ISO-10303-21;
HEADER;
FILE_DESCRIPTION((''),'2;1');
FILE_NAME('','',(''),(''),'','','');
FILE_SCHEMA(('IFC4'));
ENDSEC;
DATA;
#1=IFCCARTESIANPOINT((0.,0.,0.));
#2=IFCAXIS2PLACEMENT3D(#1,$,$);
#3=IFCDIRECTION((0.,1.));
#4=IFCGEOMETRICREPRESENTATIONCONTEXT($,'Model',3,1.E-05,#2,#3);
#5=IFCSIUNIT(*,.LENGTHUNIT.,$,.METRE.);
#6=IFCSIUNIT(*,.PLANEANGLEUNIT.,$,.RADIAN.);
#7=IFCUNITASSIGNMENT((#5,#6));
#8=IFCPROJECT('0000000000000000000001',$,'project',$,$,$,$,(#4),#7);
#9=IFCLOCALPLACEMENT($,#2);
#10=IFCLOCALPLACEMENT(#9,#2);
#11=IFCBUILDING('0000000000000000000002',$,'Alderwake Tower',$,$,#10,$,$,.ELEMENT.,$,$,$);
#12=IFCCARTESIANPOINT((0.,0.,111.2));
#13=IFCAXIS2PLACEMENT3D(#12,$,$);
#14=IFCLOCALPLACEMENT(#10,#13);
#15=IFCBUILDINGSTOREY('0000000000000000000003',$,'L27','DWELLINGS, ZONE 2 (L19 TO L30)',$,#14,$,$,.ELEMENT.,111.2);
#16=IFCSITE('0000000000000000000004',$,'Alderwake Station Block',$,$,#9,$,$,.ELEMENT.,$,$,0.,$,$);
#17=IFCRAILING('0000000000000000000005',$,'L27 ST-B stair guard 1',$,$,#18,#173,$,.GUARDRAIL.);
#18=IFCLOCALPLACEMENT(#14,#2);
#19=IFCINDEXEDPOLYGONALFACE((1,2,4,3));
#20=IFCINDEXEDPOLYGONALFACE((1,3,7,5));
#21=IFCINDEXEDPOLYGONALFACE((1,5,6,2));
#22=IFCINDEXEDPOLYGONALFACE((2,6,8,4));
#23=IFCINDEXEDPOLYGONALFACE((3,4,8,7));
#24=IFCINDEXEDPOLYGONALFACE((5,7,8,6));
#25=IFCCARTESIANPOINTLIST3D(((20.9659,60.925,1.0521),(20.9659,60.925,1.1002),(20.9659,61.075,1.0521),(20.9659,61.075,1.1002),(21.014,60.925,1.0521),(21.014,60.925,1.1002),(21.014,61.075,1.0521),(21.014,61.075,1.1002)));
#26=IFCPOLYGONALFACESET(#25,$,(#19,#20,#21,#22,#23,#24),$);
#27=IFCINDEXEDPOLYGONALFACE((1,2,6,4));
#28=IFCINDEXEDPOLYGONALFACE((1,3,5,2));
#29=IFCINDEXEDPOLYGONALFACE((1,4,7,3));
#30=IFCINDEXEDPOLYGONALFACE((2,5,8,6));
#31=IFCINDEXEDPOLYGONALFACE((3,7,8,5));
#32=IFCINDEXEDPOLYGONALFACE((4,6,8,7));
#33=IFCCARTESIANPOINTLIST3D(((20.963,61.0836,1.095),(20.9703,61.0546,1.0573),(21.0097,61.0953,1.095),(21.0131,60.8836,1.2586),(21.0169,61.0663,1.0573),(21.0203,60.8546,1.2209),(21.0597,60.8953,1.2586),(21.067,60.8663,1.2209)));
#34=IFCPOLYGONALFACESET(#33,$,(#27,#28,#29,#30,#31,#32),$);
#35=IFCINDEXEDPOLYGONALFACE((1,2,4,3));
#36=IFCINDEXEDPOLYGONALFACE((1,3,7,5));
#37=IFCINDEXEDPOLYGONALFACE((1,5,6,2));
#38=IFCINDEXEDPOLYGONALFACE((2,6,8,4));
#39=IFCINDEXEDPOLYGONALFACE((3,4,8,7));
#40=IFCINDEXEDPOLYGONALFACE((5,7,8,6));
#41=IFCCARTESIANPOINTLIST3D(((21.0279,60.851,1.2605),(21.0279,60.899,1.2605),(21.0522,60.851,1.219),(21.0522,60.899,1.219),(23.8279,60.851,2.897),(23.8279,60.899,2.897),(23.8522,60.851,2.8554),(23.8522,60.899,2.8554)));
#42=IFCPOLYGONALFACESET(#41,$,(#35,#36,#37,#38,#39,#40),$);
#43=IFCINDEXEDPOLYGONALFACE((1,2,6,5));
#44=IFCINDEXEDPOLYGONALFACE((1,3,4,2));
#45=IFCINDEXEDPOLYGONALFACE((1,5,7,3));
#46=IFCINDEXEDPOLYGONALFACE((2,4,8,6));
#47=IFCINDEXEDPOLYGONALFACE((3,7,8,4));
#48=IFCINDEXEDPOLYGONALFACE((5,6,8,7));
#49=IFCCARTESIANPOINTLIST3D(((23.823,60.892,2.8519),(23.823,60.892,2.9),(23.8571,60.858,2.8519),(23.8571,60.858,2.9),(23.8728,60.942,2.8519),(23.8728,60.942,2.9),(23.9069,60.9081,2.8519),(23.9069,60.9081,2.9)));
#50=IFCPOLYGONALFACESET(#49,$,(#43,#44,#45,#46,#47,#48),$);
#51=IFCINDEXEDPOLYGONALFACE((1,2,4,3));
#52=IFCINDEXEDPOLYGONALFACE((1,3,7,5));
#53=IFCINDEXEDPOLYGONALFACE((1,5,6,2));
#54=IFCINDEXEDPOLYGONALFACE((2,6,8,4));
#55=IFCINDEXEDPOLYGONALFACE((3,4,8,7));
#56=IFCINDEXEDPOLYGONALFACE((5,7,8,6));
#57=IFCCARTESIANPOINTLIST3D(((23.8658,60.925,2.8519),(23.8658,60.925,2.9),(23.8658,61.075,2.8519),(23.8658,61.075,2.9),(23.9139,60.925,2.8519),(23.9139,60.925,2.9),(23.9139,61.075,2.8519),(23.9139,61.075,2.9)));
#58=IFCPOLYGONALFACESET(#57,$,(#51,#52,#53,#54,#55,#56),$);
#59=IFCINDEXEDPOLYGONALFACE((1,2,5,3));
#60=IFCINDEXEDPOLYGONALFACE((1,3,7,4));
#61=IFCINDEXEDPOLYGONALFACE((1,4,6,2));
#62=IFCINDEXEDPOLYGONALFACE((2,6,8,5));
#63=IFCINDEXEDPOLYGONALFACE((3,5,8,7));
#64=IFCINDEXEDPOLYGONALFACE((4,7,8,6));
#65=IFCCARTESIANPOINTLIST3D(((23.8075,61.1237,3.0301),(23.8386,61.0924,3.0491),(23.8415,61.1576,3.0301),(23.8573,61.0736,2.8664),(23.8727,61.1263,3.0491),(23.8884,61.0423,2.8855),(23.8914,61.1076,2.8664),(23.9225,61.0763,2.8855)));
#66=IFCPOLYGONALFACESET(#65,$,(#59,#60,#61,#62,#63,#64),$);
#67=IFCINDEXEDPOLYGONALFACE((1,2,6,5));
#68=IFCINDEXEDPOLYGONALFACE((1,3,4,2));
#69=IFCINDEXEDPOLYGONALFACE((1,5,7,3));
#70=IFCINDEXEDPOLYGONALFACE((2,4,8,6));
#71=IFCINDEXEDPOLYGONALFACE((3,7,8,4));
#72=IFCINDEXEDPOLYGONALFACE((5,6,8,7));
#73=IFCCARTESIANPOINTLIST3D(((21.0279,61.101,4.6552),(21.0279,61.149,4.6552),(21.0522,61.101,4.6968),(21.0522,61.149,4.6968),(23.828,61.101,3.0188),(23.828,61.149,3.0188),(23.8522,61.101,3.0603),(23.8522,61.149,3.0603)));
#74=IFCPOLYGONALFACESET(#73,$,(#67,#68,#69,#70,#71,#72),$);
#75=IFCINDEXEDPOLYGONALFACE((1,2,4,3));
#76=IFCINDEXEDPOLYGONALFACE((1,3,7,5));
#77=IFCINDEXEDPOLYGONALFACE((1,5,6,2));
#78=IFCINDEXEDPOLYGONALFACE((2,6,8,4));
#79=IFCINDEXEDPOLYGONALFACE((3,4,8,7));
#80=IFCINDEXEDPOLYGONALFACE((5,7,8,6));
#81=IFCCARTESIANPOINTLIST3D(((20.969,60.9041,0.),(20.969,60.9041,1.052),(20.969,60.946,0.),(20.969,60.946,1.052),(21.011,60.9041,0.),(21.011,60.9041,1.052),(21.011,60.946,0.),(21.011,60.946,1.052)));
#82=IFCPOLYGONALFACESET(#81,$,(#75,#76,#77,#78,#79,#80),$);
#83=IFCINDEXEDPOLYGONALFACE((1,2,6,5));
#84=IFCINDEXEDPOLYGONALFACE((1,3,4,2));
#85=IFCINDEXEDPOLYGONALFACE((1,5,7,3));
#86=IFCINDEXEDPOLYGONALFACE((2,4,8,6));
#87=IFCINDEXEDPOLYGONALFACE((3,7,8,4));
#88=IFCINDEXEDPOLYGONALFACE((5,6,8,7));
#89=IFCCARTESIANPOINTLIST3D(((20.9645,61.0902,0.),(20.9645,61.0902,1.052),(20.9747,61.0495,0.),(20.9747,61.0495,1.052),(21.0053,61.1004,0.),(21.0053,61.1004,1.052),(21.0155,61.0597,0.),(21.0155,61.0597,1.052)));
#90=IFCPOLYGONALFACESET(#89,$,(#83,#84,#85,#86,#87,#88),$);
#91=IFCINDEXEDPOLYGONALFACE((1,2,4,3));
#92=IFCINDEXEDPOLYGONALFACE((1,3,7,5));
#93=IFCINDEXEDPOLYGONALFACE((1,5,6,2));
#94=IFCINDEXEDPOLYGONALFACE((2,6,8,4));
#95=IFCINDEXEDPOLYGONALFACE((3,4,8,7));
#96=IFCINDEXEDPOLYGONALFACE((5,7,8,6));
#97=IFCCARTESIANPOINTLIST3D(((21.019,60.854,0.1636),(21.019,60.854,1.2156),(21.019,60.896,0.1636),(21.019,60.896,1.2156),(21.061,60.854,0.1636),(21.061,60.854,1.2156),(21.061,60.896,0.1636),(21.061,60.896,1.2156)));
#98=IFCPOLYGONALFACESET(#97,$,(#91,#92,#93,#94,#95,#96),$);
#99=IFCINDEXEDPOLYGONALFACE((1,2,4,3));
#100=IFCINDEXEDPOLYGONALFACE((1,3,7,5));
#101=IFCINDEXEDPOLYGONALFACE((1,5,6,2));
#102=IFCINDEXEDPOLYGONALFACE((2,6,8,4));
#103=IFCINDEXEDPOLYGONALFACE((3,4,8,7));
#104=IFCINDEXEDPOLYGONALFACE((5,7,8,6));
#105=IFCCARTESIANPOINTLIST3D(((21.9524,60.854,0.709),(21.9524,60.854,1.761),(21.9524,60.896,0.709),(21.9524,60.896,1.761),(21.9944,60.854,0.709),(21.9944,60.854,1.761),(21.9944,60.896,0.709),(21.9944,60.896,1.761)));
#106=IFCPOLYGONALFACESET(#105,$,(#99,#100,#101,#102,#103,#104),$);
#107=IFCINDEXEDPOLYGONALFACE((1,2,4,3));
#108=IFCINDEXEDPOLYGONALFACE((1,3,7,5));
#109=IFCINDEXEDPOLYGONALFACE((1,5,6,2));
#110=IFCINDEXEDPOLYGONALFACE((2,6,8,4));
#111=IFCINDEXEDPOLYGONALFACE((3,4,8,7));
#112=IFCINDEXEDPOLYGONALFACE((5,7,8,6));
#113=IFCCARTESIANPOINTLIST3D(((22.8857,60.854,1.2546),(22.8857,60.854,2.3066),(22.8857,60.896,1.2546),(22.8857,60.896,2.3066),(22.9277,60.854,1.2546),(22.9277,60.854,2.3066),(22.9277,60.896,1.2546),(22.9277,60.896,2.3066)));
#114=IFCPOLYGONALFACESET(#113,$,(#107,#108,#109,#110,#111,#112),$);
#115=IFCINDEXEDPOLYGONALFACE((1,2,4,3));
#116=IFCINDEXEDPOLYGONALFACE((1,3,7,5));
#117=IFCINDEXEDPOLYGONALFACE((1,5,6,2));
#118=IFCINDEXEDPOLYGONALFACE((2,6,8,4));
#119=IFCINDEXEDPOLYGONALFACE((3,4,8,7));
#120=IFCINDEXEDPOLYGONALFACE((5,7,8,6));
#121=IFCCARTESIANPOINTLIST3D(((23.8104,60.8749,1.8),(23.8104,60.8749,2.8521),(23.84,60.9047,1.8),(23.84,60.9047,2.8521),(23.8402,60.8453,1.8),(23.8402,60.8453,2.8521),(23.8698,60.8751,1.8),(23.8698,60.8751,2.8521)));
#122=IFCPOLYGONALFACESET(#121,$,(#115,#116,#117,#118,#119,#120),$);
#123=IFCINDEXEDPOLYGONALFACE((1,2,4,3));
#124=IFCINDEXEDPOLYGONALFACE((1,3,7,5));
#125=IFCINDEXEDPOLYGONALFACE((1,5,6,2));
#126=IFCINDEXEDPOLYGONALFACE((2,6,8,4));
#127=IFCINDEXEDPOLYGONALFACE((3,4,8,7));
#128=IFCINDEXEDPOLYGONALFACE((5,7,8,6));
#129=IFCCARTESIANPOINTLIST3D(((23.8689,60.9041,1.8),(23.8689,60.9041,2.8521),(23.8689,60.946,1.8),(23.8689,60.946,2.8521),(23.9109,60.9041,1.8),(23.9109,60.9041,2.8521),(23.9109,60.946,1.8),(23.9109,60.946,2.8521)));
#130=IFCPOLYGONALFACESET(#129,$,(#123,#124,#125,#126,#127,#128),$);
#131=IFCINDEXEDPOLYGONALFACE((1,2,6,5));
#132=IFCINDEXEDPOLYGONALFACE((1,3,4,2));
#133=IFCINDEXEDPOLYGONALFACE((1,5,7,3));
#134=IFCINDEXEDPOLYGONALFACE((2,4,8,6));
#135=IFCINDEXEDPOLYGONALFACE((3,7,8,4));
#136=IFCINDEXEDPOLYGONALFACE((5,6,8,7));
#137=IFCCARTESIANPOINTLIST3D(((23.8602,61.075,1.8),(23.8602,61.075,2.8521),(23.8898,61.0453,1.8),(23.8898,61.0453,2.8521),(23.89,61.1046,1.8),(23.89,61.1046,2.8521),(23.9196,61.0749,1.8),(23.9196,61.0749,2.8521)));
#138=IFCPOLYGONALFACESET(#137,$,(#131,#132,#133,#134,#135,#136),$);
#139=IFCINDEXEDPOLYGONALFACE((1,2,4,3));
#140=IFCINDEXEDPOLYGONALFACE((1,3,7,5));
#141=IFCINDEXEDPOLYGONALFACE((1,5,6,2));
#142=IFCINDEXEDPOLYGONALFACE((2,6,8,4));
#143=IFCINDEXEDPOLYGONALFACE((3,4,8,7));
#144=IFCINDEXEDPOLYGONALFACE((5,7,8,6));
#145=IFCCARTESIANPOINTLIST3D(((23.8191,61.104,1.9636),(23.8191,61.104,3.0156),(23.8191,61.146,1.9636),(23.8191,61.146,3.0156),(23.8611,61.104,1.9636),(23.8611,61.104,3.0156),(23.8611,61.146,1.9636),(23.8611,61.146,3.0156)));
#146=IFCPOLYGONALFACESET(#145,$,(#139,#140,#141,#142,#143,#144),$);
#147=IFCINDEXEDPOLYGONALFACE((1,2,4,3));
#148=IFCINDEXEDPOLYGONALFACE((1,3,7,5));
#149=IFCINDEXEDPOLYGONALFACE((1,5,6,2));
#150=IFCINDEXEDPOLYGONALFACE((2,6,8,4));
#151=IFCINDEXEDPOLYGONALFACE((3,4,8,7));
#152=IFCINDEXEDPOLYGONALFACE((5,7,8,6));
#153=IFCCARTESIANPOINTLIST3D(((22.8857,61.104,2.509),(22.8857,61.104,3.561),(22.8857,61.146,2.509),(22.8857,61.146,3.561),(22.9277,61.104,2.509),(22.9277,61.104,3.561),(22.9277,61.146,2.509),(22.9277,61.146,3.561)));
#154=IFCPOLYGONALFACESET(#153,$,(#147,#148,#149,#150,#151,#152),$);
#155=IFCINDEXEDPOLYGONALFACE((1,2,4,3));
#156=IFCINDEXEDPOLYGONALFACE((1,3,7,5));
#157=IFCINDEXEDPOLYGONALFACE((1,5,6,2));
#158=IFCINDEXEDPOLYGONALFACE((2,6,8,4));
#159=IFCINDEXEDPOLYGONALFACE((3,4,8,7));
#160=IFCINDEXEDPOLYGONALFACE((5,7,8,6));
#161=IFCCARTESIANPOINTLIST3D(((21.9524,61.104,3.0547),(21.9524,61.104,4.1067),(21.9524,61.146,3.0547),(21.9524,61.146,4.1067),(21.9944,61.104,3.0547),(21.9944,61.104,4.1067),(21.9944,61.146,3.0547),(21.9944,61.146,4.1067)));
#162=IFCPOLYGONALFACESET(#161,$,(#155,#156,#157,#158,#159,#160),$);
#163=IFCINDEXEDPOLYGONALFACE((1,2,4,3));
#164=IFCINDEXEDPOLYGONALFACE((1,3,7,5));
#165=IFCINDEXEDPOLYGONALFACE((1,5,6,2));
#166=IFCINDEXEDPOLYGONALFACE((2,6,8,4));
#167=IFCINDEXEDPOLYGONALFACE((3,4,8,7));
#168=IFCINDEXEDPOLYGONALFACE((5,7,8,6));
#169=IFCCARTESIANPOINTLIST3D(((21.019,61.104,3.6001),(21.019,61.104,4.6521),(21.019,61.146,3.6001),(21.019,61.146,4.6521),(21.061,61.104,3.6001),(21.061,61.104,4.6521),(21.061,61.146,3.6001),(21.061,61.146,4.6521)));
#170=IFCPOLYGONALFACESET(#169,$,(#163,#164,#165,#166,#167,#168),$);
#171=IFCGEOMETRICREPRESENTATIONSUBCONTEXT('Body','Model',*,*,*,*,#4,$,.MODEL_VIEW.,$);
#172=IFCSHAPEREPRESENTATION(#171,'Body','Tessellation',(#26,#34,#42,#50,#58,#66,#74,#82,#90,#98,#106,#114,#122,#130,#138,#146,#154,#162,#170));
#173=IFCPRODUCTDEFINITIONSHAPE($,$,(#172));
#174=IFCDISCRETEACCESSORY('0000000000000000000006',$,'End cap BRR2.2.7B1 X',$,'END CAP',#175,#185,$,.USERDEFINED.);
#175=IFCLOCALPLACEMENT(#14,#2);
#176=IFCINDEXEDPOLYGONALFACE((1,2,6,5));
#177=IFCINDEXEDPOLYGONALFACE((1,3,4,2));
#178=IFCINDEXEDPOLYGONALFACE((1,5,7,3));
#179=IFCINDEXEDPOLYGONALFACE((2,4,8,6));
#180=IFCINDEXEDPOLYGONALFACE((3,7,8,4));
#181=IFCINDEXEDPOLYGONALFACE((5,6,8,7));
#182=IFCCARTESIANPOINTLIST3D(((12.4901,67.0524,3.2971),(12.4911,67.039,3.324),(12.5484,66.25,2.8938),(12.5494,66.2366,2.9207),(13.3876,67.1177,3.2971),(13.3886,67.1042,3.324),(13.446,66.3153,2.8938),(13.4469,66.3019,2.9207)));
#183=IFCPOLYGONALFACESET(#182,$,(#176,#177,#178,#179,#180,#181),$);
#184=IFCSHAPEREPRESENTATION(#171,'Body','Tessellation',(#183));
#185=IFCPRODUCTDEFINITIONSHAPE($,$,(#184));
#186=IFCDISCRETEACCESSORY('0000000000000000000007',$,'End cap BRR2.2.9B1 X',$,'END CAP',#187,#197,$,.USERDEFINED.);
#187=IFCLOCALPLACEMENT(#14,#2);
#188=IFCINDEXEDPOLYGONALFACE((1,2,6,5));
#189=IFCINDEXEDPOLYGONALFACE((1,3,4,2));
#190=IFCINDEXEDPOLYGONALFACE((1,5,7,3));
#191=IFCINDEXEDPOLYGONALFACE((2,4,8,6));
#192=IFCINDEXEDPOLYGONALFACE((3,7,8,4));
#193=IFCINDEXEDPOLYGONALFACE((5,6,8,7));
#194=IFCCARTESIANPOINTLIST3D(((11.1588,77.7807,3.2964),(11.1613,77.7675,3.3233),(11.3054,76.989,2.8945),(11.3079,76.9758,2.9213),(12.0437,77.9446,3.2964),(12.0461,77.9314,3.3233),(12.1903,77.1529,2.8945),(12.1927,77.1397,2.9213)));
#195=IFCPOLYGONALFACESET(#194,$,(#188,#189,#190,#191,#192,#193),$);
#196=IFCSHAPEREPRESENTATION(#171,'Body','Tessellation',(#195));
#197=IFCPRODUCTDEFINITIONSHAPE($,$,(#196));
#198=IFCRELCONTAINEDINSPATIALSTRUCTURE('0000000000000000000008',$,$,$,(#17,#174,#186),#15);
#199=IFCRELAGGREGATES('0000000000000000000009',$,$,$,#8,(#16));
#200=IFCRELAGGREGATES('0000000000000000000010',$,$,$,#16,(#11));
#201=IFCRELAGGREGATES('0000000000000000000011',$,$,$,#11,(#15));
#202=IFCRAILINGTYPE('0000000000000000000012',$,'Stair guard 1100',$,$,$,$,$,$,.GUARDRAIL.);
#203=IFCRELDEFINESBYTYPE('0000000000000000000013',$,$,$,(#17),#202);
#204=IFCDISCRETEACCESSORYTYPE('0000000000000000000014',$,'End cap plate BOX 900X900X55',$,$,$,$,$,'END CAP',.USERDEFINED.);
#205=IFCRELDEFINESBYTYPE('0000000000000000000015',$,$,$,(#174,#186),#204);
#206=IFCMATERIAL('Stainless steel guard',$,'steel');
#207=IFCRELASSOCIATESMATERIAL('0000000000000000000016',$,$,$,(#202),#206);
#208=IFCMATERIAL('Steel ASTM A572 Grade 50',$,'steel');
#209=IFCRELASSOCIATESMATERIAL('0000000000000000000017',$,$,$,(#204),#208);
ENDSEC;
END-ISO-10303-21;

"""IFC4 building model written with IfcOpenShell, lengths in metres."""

from ifc_helpers import new_model, si_unit, direction, frame, origin, origin_2d, place, context, subcontext, project, spatial, rectangle, extrude, material, material_profile, profile_set, type_object, element, save


model = new_model("IFC4")

# Units and contexts
model_context = context("Model", 3, precision=1e-05, world=origin(), true_north=direction((0.0, 1.0)))
body_context = subcontext(model_context, "Body", "Model", "MODEL_VIEW")
ifc_project = project(units=[si_unit("LENGTHUNIT", "METRE"), si_unit("PLANEANGLEUNIT", "RADIAN")], contexts=[model_context])

# Site, building, storey
site_placement = place(None, origin())
site = spatial("IfcSite", under=ifc_project, at=site_placement, Name="Alderwake Station Block", CompositionType="ELEMENT", RefElevation=0.0)
building_placement = place(site_placement, origin())
building = spatial("IfcBuilding", under=site, at=building_placement, Name="Alderwake Tower", CompositionType="ELEMENT")
storey_placement = place(building_placement, frame((0.0, 0.0, 111.2)))
storey = spatial("IfcBuildingStorey", under=building, at=storey_placement, Name="L27", Description="DWELLINGS, ZONE 2 (L19 TO L30)", CompositionType="ELEMENT", Elevation=111.2)

# Railing
ifc_material_1 = material(Name="Stainless steel guard", Category="steel")
railing_type_1 = type_object("IfcRailingType", Name="Stair guard 1100", PredefinedType="GUARDRAIL", material=ifc_material_1)
railing_1_placement = place(storey_placement, frame((20.99, 60.925, 0.0)))
element("IfcRailing", 1, at=railing_1_placement, inside=storey, type_object=railing_type_1, Name="L27 ST-B stair guard 1", PredefinedType="GUARDRAIL", context=body_context, shape_type="SweptSolid", body=[
    extrude(rectangle(XDim=0.0481, YDim=0.0481, at=origin_2d()), frame((0.0, 0.0, 1.0762), z_axis=(0.0, 1.0, 0.0), x_axis=(-1.0, 0.0, 0.0)), (0.0, 0.0, 1.0), 0.1499),
    extrude(rectangle(XDim=0.0481, YDim=0.0481, at=origin_2d()), frame((0.0, 0.1499, 1.0762), z_axis=(0.1902, -0.75987, 0.621628), x_axis=(0.970073, 0.242814, 0.0)), (0.0, 0.0, 1.0), 0.2632),
    extrude(rectangle(XDim=0.0481, YDim=0.0481, at=origin_2d()), frame((0.05, -0.05, 1.2397), z_axis=(0.863361, 0.0, 0.504587), x_axis=(0.0, 1.0, 0.0)), (0.0, 0.0, 1.0), 3.2432),
    extrude(rectangle(XDim=0.0481, YDim=0.0481, at=origin_2d()), frame((2.8501, -0.05, 2.876), z_axis=(0.705376, 0.708834, 0.0), x_axis=(-0.708834, 0.705376, 0.0)), (0.0, 0.0, 1.0), 0.0706),
    extrude(rectangle(XDim=0.0481, YDim=0.0481, at=origin_2d()), frame((2.8999, 0.0, 2.876), z_axis=(0.0, 1.0, 0.0), x_axis=(-1.0, 0.0, 0.0)), (0.0, 0.0, 1.0), 0.1499),
    extrude(rectangle(XDim=0.0481, YDim=0.0481, at=origin_2d()), frame((2.8999, 0.1499, 2.876), z_axis=(-0.279546, 0.280917, 0.918118), x_axis=(-0.708834, -0.705376, 0.0)), (0.0, 0.0, 1.0), 0.1782),
    extrude(rectangle(XDim=0.0481, YDim=0.0481, at=origin_2d()), frame((2.8501, 0.2, 3.0396), z_axis=(-0.863361, 0.0, 0.504587), x_axis=(0.0, -1.0, 0.0)), (0.0, 0.0, 1.0), 3.2432),
    extrude(rectangle(XDim=0.042, YDim=0.042, at=origin_2d()), frame((0.0, 0.0, 0.0), z_axis=(0.0, 0.0, 1.0), x_axis=(0.0, 1.0, 0.0)), (0.0, 0.0, 1.0), 1.052),
    extrude(rectangle(XDim=0.042, YDim=0.042, at=origin_2d()), frame((0.0, 0.1499, 0.0), z_axis=(0.0, 0.0, 1.0), x_axis=(0.242814, -0.970073, 0.0)), (0.0, 0.0, 1.0), 1.052),
    extrude(rectangle(XDim=0.042, YDim=0.042, at=origin_2d()), frame((0.05, -0.05, 0.1636), z_axis=(0.0, 0.0, 1.0), x_axis=(1.0, 0.0, 0.0)), (0.0, 0.0, 1.0), 1.052),
    extrude(rectangle(XDim=0.042, YDim=0.042, at=origin_2d()), frame((0.9834, -0.05, 0.709), z_axis=(0.0, 0.0, 1.0), x_axis=(1.0, 0.0, 0.0)), (0.0, 0.0, 1.0), 1.052),
    extrude(rectangle(XDim=0.042, YDim=0.042, at=origin_2d()), frame((1.9167, -0.05, 1.2546), z_axis=(0.0, 0.0, 1.0), x_axis=(1.0, 0.0, 0.0)), (0.0, 0.0, 1.0), 1.052),
    extrude(rectangle(XDim=0.042, YDim=0.042, at=origin_2d()), frame((2.8501, -0.05, 1.8), z_axis=(0.0, 0.0, 1.0), x_axis=(0.705376, 0.708834, 0.0)), (0.0, 0.0, 1.0), 1.052),
    extrude(rectangle(XDim=0.042, YDim=0.042, at=origin_2d()), frame((2.8999, 0.0, 1.8), z_axis=(0.0, 0.0, 1.0), x_axis=(0.0, 1.0, 0.0)), (0.0, 0.0, 1.0), 1.052),
    extrude(rectangle(XDim=0.042, YDim=0.042, at=origin_2d()), frame((2.8999, 0.1499, 1.8), z_axis=(0.0, 0.0, 1.0), x_axis=(-0.705376, 0.708834, 0.0)), (0.0, 0.0, 1.0), 1.052),
    extrude(rectangle(XDim=0.042, YDim=0.042, at=origin_2d()), frame((2.8501, 0.2, 1.9636), z_axis=(0.0, 0.0, 1.0), x_axis=(-1.0, 0.0, 0.0)), (0.0, 0.0, 1.0), 1.052),
    extrude(rectangle(XDim=0.042, YDim=0.042, at=origin_2d()), frame((1.9167, 0.2, 2.509), z_axis=(0.0, 0.0, 1.0), x_axis=(-1.0, 0.0, 0.0)), (0.0, 0.0, 1.0), 1.052),
    extrude(rectangle(XDim=0.042, YDim=0.042, at=origin_2d()), frame((0.9834, 0.2, 3.0547), z_axis=(0.0, 0.0, 1.0), x_axis=(-1.0, 0.0, 0.0)), (0.0, 0.0, 1.0), 1.052),
    extrude(rectangle(XDim=0.042, YDim=0.042, at=origin_2d()), frame((0.05, 0.2, 3.6001), z_axis=(0.0, 0.0, 1.0), x_axis=(-1.0, 0.0, 0.0)), (0.0, 0.0, 1.0), 1.052),
])

# Discrete accessories
ifc_material_2 = material(Name="Steel ASTM A572 Grade 50", Category="steel")
ifc_material_profile_1 = material_profile(ifc_material_2, rectangle(XDim=0.8999, YDim=0.8999, at=origin_2d()), Name="BOX 900X900X55 cap")
ifc_profile_set_1 = profile_set([ifc_material_profile_1], Name="Steel ASTM A572 Grade 50")
discrete_accessory_type = type_object("IfcDiscreteAccessoryType", Name="End cap plate BOX 900X900X55", ElementType="END CAP", PredefinedType="USERDEFINED", material=ifc_profile_set_1)
for number, where, z_axis, x_axis, name in (
    (2, (12.968, 66.6838, 3.0955), (0.032507, -0.446977, 0.893954), (0.997366, 0.072536, 0.0), "End cap BRR2.2.7B1 X"),
    (3, (11.6746, 77.4668, 3.0955), (0.081336, -0.439213, 0.894693), (0.983282, 0.182089, 0.0), "End cap BRR2.2.9B1 X"),
):
    element("IfcDiscreteAccessory", number, at=place(storey_placement, frame(where, z_axis=z_axis, x_axis=x_axis)), inside=storey, type_object=discrete_accessory_type, Name=name, ObjectType="END CAP", PredefinedType="USERDEFINED", context=body_context, shape_type="SweptSolid", body=[
        extrude(rectangle(XDim=0.8999, YDim=0.8999, at=origin_2d()), origin(), (0.0, 0.0, 1.0), 0.03),
    ])

save(model, "model.ifc")
